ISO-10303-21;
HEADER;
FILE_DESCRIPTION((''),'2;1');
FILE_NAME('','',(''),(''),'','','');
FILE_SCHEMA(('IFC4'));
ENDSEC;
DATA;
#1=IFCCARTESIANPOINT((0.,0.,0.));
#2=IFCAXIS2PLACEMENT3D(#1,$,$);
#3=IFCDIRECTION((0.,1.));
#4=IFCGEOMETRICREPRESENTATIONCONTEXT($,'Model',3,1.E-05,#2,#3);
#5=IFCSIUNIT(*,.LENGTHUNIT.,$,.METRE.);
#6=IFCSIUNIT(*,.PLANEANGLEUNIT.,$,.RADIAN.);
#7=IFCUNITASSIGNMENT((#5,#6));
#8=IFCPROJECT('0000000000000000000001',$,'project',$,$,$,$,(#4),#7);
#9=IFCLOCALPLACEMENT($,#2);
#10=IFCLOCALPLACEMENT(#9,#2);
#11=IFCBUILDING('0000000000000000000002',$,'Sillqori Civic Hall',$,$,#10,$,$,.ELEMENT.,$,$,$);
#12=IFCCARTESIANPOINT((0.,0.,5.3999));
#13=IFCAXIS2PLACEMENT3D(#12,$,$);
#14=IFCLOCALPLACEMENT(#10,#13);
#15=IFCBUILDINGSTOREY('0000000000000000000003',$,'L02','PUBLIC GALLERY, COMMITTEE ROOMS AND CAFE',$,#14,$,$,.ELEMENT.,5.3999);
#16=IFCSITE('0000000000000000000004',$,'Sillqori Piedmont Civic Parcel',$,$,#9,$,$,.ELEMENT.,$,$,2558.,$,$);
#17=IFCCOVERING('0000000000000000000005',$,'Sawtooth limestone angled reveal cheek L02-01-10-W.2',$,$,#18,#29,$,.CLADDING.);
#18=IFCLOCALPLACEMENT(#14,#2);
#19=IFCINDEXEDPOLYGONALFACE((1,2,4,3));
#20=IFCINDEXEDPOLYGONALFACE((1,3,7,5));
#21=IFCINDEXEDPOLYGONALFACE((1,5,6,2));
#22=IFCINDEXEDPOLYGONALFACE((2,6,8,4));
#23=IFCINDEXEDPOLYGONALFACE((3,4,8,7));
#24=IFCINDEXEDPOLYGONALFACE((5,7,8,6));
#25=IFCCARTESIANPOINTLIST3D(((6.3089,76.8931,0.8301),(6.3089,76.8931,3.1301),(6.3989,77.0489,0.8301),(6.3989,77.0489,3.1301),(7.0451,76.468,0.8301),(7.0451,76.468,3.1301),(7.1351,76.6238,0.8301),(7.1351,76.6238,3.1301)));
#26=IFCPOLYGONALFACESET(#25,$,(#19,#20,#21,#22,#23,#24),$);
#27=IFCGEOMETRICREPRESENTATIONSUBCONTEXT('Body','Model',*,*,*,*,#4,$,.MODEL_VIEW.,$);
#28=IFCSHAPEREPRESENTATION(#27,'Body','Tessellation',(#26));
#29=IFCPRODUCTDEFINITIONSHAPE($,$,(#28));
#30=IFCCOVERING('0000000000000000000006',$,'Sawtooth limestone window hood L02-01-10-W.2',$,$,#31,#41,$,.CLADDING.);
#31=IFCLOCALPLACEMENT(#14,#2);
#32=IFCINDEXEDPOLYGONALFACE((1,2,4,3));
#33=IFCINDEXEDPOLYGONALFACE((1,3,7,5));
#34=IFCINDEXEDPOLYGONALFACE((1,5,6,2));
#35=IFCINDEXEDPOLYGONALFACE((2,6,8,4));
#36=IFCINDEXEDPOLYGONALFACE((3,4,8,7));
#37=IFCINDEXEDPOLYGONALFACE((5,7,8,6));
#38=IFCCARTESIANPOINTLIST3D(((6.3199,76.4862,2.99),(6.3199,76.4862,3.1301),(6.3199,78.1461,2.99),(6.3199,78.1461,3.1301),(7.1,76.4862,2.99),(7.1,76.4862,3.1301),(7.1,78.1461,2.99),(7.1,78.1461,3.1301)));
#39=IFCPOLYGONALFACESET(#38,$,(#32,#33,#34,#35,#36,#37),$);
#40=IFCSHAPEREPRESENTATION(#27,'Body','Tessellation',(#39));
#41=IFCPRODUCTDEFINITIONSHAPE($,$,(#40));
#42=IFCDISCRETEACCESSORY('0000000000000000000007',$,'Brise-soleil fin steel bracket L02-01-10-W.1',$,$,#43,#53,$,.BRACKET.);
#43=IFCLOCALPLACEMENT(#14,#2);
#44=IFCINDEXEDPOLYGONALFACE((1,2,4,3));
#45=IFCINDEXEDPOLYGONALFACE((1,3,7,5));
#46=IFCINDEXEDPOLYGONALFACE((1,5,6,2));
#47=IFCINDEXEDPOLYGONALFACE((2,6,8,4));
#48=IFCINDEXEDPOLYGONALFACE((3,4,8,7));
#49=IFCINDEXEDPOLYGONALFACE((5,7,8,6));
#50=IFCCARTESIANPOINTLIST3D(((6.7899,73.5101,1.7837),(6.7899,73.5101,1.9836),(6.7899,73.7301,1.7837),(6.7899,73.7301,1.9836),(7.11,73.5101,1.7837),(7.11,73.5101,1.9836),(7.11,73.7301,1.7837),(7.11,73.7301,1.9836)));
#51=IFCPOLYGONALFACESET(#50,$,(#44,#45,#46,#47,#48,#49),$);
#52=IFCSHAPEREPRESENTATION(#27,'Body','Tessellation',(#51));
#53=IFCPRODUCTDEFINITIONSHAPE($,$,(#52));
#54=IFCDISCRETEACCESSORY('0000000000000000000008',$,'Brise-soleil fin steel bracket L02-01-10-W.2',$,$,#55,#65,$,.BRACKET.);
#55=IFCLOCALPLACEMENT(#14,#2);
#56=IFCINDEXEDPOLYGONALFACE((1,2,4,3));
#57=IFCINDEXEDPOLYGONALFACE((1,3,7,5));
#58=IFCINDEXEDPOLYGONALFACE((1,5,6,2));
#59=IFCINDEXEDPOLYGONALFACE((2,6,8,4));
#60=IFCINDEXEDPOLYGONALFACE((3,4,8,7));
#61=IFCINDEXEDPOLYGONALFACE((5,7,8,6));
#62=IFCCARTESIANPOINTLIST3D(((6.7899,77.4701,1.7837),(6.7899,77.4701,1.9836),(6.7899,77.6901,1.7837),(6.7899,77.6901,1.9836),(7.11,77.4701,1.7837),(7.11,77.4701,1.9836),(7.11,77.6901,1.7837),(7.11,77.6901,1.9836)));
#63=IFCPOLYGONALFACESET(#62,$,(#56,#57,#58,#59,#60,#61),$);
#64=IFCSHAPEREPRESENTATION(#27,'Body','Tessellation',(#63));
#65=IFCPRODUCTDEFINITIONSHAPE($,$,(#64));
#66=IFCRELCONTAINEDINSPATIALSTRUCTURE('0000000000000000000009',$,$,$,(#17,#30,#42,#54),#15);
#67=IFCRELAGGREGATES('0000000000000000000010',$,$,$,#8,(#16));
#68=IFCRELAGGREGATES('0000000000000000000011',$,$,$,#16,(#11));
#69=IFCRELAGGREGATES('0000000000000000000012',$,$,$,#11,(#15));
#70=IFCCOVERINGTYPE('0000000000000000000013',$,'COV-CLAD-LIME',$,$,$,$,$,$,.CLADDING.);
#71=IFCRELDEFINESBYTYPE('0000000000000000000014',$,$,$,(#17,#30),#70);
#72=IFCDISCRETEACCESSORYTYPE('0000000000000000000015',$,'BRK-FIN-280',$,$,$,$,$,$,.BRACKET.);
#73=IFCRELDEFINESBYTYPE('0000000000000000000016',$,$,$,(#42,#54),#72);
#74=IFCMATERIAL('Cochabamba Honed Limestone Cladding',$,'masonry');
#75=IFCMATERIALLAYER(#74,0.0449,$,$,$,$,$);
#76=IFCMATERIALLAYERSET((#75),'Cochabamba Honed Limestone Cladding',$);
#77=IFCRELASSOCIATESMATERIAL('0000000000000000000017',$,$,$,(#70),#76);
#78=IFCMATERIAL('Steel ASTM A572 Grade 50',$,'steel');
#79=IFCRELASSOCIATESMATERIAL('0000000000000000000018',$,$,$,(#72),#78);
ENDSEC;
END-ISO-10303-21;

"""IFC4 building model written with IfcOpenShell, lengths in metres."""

from ifc_helpers import new_model, si_unit, direction, frame, frame_2d, origin, origin_2d, place, context, subcontext, project, spatial, rectangle, extrude, material, layer, layer_set, type_object, element, save


model = new_model("IFC4")

# Units and contexts
model_context = context("Model", 3, precision=1e-05, world=origin(), true_north=direction((0.0, 1.0)))
body_context = subcontext(model_context, "Body", "Model", "MODEL_VIEW")
ifc_project = project(units=[si_unit("LENGTHUNIT", "METRE"), si_unit("PLANEANGLEUNIT", "RADIAN")], contexts=[model_context])

# Site, building, storey
site_placement = place(None, origin())
site = spatial("IfcSite", under=ifc_project, at=site_placement, Name="Sillqori Piedmont Civic Parcel", CompositionType="ELEMENT", RefElevation=2558.0)
building_placement = place(site_placement, origin())
building = spatial("IfcBuilding", under=site, at=building_placement, Name="Sillqori Civic Hall", CompositionType="ELEMENT")
storey_placement = place(building_placement, frame((0.0, 0.0, 5.3999)))
storey = spatial("IfcBuildingStorey", under=building, at=storey_placement, Name="L02", Description="PUBLIC GALLERY, COMMITTEE ROOMS AND CAFE", CompositionType="ELEMENT", Elevation=5.3999)

# Coverings
ifc_material_1 = material(Name="Cochabamba Honed Limestone Cladding", Category="masonry")
ifc_layer_1 = layer(ifc_material_1, 0.0449)
ifc_layer_set_1 = layer_set([ifc_layer_1], Name="Cochabamba Honed Limestone Cladding")
covering_type = type_object("IfcCoveringType", Name="COV-CLAD-LIME", PredefinedType="CLADDING", material=ifc_layer_set_1)
covering_1_placement = place(storey_placement, frame((7.0901, 76.5459, 0.8301), z_axis=(0.0, 0.0, 1.0), x_axis=(-0.865989, 0.500062, 0.0)))
element("IfcCovering", 1, at=covering_1_placement, inside=storey, type_object=covering_type, Name="Sawtooth limestone angled reveal cheek L02-01-10-W.2", PredefinedType="CLADDING", context=body_context, shape_type="SweptSolid", body=[
    extrude(rectangle(XDim=0.8501, YDim=0.1799, at=frame_2d((0.425, 0.0))), origin(), (0.0, 0.0, 1.0), 2.3),
])
covering_2_placement = place(storey_placement, frame((6.71, 76.4861, 2.99), z_axis=(0.0, 0.0, 1.0), x_axis=(0.0, 1.0, 0.0)))
element("IfcCovering", 2, at=covering_2_placement, inside=storey, type_object=covering_type, Name="Sawtooth limestone window hood L02-01-10-W.2", PredefinedType="CLADDING", context=body_context, shape_type="SweptSolid", body=[
    extrude(rectangle(XDim=1.6599, YDim=0.78, at=frame_2d((0.8301, 0.0))), origin(), (0.0, 0.0, 1.0), 0.1401),
])

# Discrete accessories
ifc_material_2 = material(Name="Steel ASTM A572 Grade 50", Category="steel")
discrete_accessory_type = type_object("IfcDiscreteAccessoryType", Name="BRK-FIN-280", PredefinedType="BRACKET", material=ifc_material_2)
for number, where, z_axis, x_axis, name in (
    (3, (6.95, 73.6201, 1.7837), (0.0, 0.0, 1.0), (0.0, 1.0, 0.0), "Brise-soleil fin steel bracket L02-01-10-W.1"),
    (4, (6.95, 77.5801, 1.7837), (0.0, 0.0, 1.0), (0.0, 1.0, 0.0), "Brise-soleil fin steel bracket L02-01-10-W.2"),
):
    element("IfcDiscreteAccessory", number, at=place(storey_placement, frame(where, z_axis=z_axis, x_axis=x_axis)), inside=storey, type_object=discrete_accessory_type, Name=name, PredefinedType="BRACKET", context=body_context, shape_type="SweptSolid", body=[
        extrude(rectangle(XDim=0.22, YDim=0.3201, at=origin_2d()), origin(), (0.0, 0.0, 1.0), 0.2),
    ])

save(model, "model.ifc")
